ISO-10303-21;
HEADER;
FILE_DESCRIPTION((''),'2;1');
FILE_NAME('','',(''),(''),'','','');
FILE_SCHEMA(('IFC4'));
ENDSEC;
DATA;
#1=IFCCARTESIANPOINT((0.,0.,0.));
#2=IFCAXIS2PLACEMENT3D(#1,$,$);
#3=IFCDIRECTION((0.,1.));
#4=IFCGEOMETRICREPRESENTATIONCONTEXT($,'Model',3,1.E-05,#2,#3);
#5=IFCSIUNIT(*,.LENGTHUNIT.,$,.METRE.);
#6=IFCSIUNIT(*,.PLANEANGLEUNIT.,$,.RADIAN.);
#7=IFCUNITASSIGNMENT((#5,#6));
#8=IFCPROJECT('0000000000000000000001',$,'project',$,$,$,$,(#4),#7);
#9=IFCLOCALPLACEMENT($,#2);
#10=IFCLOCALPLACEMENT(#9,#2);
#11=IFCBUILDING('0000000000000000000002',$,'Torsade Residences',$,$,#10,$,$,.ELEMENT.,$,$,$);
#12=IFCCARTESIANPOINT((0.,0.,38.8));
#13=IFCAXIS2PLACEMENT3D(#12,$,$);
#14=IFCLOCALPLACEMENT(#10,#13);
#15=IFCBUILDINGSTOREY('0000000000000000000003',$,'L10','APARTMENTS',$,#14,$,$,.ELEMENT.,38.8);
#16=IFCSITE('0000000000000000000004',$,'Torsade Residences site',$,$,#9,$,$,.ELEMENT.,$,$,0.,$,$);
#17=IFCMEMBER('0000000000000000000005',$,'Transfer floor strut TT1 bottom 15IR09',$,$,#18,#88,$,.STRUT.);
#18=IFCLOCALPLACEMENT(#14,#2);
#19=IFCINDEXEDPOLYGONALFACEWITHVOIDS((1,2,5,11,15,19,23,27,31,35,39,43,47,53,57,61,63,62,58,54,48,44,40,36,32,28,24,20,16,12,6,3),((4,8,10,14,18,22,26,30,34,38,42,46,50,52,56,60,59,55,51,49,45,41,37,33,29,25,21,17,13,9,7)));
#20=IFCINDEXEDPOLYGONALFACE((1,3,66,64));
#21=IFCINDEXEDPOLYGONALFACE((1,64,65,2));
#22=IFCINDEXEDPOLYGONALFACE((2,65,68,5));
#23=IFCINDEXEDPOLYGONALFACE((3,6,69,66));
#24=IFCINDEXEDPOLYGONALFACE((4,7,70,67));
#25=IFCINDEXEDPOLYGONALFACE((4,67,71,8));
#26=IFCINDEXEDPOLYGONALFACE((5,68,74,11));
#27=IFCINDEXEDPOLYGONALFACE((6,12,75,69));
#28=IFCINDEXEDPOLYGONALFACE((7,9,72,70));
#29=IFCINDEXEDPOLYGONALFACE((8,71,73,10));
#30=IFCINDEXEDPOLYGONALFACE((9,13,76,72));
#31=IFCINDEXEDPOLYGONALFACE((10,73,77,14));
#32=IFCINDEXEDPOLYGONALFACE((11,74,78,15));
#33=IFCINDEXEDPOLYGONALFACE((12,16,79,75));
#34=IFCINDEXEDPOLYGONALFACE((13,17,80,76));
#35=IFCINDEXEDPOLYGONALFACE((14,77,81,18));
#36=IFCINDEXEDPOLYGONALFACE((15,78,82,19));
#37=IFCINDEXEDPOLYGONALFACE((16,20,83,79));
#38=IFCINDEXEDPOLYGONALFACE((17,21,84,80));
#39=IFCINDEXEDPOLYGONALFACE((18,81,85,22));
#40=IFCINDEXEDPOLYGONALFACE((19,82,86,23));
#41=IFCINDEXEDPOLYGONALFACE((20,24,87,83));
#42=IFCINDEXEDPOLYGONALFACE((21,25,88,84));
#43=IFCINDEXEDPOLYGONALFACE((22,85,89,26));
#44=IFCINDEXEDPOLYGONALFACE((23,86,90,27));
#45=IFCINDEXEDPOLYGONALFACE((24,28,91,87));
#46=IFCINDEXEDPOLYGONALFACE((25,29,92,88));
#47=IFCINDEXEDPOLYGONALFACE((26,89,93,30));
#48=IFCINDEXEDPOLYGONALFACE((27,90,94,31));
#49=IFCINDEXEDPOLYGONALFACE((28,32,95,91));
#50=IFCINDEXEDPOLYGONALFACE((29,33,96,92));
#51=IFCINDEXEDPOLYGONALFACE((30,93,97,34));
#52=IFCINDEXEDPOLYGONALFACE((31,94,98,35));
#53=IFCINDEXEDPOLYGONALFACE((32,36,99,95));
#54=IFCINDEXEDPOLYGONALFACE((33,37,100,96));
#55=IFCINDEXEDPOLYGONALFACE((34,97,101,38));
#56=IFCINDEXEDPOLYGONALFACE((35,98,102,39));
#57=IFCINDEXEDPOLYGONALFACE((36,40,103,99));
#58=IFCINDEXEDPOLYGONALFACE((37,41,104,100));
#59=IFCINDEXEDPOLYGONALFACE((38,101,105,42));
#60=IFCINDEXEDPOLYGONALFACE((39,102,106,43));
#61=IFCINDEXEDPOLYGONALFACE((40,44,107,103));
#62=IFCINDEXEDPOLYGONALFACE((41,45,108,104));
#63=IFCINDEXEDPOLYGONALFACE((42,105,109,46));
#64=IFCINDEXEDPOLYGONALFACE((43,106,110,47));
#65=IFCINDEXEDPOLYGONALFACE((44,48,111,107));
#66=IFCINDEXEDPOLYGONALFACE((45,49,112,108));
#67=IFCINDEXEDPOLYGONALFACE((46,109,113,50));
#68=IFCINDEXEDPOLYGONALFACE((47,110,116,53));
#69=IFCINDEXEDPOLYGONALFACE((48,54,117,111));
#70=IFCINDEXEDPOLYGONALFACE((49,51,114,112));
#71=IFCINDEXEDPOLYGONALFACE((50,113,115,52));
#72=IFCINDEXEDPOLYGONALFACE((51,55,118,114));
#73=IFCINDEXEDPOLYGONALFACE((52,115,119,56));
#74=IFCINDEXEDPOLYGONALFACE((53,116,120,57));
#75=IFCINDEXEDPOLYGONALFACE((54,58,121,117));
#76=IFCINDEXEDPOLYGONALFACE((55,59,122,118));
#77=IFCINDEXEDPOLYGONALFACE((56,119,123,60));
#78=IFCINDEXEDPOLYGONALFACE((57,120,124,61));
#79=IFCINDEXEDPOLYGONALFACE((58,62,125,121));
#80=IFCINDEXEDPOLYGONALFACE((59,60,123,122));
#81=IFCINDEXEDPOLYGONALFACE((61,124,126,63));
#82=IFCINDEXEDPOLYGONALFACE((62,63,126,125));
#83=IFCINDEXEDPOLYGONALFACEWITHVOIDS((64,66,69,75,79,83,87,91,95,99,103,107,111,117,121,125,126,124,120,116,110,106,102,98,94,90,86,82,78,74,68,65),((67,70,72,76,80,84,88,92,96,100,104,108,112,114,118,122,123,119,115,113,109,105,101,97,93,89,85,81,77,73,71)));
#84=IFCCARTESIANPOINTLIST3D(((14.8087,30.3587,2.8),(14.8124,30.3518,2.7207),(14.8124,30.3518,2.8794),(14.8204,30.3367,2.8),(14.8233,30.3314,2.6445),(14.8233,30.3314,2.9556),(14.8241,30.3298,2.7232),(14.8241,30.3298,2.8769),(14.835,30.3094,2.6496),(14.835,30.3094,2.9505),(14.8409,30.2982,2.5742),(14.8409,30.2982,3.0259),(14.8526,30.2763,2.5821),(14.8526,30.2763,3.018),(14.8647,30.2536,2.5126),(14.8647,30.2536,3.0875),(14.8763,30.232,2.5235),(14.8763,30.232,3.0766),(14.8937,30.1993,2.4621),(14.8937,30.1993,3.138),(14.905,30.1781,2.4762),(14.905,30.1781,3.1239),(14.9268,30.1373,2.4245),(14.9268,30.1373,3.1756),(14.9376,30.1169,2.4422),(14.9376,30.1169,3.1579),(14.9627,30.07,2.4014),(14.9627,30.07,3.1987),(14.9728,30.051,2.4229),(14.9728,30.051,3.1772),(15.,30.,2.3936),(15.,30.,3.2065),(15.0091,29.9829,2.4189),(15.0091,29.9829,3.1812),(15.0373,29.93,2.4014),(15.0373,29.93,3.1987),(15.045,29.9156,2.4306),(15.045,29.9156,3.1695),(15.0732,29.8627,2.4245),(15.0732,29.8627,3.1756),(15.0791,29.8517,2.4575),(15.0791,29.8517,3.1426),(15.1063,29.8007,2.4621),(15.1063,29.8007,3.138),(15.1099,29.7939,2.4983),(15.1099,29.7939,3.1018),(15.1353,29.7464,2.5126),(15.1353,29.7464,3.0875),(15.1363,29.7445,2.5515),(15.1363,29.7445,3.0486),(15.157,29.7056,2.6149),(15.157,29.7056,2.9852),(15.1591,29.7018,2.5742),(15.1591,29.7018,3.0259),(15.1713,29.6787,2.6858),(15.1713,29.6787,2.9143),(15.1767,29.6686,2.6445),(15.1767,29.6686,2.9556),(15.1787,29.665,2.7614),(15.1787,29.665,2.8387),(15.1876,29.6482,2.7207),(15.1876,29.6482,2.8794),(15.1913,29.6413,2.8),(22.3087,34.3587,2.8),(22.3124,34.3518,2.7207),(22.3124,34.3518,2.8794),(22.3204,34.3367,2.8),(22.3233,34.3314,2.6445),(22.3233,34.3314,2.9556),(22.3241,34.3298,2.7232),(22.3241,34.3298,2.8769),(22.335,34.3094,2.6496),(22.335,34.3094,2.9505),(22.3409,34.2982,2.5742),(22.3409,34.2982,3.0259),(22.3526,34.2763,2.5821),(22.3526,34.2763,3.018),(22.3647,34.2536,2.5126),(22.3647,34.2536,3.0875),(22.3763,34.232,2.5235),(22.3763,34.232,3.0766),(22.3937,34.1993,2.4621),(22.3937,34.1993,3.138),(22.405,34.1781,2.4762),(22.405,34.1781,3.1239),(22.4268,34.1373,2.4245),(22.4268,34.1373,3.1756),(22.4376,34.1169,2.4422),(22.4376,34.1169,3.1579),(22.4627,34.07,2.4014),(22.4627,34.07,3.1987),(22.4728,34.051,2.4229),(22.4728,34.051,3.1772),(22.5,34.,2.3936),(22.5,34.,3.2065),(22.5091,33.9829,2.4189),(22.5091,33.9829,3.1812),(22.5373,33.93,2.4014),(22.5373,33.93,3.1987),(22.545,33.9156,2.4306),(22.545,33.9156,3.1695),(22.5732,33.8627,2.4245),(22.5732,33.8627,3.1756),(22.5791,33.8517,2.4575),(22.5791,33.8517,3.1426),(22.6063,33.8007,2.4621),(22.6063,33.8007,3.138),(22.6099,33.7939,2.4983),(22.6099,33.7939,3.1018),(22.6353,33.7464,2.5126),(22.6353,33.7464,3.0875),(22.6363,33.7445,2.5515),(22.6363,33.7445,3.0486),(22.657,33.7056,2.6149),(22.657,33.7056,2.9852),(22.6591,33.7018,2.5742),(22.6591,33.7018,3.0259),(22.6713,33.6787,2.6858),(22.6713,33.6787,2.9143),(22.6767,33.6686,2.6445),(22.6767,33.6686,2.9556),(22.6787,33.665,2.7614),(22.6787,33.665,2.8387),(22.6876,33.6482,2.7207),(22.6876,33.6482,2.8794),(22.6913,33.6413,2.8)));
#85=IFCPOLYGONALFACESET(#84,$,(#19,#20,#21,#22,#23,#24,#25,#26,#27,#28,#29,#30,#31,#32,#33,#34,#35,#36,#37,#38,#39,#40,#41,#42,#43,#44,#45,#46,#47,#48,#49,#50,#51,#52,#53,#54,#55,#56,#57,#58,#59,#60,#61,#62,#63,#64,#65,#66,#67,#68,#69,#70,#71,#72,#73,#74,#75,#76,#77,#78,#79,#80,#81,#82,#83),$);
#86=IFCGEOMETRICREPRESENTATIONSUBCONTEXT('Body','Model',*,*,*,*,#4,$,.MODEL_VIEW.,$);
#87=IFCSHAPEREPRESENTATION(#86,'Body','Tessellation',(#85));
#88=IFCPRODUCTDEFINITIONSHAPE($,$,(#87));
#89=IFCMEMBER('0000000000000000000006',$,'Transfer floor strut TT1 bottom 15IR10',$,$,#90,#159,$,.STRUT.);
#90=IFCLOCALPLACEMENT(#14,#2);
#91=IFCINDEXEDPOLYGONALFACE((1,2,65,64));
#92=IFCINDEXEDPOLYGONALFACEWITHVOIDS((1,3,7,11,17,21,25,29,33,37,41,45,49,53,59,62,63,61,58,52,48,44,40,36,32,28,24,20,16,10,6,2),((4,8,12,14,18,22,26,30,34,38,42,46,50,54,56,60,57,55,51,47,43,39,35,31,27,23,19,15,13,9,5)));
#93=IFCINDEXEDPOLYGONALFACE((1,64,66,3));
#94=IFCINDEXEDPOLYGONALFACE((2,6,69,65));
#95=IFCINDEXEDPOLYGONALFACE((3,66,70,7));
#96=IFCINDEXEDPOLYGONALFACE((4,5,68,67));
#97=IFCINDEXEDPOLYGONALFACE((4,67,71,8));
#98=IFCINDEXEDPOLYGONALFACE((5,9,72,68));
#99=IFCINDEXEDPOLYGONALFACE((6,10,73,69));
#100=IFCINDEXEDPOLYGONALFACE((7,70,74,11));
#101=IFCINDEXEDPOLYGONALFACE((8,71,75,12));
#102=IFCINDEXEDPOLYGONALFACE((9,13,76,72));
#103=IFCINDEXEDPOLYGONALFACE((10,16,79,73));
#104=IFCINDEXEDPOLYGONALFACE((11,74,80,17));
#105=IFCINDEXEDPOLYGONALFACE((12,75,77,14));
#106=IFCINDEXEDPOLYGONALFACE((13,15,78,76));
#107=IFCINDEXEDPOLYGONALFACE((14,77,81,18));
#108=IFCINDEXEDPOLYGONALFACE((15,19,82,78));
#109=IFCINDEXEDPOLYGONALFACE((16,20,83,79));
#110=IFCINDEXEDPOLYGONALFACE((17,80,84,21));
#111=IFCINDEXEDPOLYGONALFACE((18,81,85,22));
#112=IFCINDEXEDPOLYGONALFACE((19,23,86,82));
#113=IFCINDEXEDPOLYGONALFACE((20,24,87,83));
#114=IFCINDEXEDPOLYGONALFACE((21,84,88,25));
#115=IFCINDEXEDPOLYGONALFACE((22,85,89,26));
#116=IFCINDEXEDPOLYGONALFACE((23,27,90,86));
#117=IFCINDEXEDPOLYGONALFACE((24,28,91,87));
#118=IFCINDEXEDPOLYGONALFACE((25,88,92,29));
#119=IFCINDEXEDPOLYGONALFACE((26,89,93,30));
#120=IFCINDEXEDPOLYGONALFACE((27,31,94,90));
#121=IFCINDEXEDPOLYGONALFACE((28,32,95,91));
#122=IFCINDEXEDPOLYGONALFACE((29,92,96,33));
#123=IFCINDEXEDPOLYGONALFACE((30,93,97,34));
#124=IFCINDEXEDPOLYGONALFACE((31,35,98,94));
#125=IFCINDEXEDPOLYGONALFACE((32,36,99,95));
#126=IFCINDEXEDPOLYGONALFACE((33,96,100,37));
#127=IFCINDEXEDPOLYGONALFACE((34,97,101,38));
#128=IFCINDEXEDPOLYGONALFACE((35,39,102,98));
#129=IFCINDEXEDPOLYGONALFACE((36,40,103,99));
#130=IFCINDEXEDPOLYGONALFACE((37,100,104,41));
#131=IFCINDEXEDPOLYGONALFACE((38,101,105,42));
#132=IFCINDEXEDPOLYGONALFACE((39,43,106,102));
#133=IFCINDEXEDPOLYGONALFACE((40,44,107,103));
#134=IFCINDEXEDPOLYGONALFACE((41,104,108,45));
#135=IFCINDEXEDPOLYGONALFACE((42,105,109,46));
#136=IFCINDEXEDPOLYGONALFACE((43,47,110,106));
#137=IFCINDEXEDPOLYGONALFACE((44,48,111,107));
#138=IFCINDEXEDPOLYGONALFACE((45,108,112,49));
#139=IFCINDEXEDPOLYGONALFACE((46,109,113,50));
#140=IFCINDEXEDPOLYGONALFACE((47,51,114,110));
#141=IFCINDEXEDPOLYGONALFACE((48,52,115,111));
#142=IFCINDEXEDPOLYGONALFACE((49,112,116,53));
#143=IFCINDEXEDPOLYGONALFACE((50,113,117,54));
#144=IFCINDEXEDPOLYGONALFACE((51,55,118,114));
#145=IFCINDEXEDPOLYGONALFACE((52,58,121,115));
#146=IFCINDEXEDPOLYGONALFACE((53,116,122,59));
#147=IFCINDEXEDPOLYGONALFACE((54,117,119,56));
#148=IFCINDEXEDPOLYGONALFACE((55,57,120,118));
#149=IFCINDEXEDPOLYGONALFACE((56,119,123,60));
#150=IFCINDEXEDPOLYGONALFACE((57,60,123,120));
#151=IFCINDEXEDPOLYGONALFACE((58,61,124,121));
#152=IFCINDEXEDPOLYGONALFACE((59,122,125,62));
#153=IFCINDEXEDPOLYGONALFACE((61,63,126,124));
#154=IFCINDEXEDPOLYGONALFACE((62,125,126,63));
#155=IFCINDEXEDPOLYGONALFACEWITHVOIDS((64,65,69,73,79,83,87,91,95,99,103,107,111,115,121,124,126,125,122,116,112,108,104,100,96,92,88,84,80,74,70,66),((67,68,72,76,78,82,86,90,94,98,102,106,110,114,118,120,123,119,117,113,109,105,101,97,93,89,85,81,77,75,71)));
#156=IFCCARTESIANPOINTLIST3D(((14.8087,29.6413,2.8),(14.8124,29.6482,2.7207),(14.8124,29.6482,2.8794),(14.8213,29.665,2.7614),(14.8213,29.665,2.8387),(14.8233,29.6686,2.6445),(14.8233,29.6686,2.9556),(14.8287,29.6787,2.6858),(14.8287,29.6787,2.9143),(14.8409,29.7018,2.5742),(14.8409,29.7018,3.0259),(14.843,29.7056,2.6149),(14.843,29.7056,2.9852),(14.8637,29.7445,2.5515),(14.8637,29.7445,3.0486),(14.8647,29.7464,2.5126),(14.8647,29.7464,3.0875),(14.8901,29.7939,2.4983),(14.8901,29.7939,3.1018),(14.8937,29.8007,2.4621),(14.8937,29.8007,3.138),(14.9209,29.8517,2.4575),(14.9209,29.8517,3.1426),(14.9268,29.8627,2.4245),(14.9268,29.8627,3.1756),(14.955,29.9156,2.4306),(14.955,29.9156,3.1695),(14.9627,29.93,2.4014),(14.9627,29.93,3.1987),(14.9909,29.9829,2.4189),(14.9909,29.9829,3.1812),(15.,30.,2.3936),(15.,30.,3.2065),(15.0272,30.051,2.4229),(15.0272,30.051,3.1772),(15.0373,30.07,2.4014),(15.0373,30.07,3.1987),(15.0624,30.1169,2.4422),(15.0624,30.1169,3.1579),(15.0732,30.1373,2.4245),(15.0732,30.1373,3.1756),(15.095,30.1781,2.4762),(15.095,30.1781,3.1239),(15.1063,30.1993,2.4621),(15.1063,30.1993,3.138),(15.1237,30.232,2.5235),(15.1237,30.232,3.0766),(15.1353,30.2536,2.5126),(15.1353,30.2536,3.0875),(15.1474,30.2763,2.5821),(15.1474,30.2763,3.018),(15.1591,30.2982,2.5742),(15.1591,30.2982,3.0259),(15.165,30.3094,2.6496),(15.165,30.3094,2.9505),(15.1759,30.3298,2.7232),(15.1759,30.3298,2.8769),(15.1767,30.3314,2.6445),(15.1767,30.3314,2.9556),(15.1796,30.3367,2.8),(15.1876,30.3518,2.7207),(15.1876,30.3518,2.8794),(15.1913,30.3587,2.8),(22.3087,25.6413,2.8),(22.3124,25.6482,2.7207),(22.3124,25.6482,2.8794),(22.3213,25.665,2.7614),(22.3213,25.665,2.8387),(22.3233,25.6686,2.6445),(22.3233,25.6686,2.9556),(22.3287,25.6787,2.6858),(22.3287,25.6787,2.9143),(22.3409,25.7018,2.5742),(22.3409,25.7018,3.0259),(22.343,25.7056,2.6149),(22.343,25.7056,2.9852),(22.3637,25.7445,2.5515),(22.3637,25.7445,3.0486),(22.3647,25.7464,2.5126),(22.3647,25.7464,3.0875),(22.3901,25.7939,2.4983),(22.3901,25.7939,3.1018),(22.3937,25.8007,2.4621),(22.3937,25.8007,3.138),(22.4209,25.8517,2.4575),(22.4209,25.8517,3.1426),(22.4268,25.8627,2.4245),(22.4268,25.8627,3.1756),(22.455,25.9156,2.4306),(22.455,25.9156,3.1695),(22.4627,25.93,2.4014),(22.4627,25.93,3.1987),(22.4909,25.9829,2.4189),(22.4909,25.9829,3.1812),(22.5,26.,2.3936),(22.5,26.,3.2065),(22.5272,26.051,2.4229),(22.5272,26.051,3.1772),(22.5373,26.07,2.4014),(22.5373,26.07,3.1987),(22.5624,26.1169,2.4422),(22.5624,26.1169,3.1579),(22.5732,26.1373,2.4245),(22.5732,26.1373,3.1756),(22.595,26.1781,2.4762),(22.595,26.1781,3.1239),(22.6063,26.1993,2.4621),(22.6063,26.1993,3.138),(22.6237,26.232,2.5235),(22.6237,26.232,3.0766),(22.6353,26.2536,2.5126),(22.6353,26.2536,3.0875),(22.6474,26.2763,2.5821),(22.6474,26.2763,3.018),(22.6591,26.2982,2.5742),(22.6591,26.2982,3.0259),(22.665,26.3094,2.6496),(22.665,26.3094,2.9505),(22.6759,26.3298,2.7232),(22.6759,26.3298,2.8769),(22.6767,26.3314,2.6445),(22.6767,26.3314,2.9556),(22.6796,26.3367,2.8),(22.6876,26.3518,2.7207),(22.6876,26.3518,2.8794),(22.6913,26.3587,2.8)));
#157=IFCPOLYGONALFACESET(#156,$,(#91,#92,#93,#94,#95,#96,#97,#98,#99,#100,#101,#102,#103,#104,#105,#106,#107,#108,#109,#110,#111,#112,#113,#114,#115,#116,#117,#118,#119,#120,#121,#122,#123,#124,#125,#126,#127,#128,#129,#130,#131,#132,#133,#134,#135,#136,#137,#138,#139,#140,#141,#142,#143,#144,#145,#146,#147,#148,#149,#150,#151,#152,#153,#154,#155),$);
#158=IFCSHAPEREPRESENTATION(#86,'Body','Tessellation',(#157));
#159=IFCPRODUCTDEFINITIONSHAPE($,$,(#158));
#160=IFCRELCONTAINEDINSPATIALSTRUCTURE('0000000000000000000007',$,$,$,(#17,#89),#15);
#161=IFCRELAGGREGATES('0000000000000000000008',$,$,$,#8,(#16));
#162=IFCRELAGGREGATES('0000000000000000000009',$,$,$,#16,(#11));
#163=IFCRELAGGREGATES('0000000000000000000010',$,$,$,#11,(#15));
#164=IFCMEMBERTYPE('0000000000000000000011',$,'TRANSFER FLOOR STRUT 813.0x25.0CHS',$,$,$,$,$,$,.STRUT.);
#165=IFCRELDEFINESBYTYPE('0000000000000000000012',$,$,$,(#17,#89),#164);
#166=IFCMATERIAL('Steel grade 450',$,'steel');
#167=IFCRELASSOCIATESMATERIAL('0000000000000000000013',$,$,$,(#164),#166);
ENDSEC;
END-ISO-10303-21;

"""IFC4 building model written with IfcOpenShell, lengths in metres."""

from ifc_helpers import new_model, si_unit, direction, frame, origin, origin_2d, place, context, subcontext, project, spatial, hollow_circle, extrude, material, material_profile, profile_set, type_object, element, save


model = new_model("IFC4")

# Units and contexts
model_context = context("Model", 3, precision=1e-05, world=origin(), true_north=direction((0.0, 1.0)))
body_context = subcontext(model_context, "Body", "Model", "MODEL_VIEW")
ifc_project = project(units=[si_unit("LENGTHUNIT", "METRE"), si_unit("PLANEANGLEUNIT", "RADIAN")], contexts=[model_context])

# Site, building, storey
site_placement = place(None, origin())
site = spatial("IfcSite", under=ifc_project, at=site_placement, Name="Torsade Residences site", CompositionType="ELEMENT", RefElevation=0.0)
building_placement = place(site_placement, origin())
building = spatial("IfcBuilding", under=site, at=building_placement, Name="Torsade Residences", CompositionType="ELEMENT")
storey_placement = place(building_placement, frame((0.0, 0.0, 38.8)))
storey = spatial("IfcBuildingStorey", under=building, at=storey_placement, Name="L10", Description="APARTMENTS", CompositionType="ELEMENT", Elevation=38.8)

# Members
ifc_material_1 = material(Name="Steel grade 450", Category="steel")
ifc_material_profile_1 = material_profile(ifc_material_1, hollow_circle(Radius=0.4065, WallThickness=0.0249, at=origin_2d()), Name="813.0x25.0CHS")
ifc_profile_set_1 = profile_set([ifc_material_profile_1], Name="Steel grade 450")
member_type_1 = type_object("IfcMemberType", Name="TRANSFER FLOOR STRUT 813.0x25.0CHS", PredefinedType="STRUT", material=ifc_profile_set_1)
for number, where, z_axis, x_axis, name in (
    (1, (15.0, 30.0, 2.8), (0.882353, 0.470588, 0.0), (-0.470588, 0.882353, 0.0), "Transfer floor strut TT1 bottom 15IR09"),
    (2, (15.0, 30.0, 2.8), (0.882353, -0.470588, 0.0), (0.470588, 0.882353, 0.0), "Transfer floor strut TT1 bottom 15IR10"),
):
    element("IfcMember", number, at=place(storey_placement, frame(where, z_axis=z_axis, x_axis=x_axis)), inside=storey, type_object=member_type_1, Name=name, PredefinedType="STRUT", context=body_context, shape_type="SweptSolid", body=[
        extrude(hollow_circle(Radius=0.4065, WallThickness=0.0249, at=origin_2d()), origin(), (0.0, 0.0, 1.0), 8.5),
    ])

save(model, "model.ifc")
